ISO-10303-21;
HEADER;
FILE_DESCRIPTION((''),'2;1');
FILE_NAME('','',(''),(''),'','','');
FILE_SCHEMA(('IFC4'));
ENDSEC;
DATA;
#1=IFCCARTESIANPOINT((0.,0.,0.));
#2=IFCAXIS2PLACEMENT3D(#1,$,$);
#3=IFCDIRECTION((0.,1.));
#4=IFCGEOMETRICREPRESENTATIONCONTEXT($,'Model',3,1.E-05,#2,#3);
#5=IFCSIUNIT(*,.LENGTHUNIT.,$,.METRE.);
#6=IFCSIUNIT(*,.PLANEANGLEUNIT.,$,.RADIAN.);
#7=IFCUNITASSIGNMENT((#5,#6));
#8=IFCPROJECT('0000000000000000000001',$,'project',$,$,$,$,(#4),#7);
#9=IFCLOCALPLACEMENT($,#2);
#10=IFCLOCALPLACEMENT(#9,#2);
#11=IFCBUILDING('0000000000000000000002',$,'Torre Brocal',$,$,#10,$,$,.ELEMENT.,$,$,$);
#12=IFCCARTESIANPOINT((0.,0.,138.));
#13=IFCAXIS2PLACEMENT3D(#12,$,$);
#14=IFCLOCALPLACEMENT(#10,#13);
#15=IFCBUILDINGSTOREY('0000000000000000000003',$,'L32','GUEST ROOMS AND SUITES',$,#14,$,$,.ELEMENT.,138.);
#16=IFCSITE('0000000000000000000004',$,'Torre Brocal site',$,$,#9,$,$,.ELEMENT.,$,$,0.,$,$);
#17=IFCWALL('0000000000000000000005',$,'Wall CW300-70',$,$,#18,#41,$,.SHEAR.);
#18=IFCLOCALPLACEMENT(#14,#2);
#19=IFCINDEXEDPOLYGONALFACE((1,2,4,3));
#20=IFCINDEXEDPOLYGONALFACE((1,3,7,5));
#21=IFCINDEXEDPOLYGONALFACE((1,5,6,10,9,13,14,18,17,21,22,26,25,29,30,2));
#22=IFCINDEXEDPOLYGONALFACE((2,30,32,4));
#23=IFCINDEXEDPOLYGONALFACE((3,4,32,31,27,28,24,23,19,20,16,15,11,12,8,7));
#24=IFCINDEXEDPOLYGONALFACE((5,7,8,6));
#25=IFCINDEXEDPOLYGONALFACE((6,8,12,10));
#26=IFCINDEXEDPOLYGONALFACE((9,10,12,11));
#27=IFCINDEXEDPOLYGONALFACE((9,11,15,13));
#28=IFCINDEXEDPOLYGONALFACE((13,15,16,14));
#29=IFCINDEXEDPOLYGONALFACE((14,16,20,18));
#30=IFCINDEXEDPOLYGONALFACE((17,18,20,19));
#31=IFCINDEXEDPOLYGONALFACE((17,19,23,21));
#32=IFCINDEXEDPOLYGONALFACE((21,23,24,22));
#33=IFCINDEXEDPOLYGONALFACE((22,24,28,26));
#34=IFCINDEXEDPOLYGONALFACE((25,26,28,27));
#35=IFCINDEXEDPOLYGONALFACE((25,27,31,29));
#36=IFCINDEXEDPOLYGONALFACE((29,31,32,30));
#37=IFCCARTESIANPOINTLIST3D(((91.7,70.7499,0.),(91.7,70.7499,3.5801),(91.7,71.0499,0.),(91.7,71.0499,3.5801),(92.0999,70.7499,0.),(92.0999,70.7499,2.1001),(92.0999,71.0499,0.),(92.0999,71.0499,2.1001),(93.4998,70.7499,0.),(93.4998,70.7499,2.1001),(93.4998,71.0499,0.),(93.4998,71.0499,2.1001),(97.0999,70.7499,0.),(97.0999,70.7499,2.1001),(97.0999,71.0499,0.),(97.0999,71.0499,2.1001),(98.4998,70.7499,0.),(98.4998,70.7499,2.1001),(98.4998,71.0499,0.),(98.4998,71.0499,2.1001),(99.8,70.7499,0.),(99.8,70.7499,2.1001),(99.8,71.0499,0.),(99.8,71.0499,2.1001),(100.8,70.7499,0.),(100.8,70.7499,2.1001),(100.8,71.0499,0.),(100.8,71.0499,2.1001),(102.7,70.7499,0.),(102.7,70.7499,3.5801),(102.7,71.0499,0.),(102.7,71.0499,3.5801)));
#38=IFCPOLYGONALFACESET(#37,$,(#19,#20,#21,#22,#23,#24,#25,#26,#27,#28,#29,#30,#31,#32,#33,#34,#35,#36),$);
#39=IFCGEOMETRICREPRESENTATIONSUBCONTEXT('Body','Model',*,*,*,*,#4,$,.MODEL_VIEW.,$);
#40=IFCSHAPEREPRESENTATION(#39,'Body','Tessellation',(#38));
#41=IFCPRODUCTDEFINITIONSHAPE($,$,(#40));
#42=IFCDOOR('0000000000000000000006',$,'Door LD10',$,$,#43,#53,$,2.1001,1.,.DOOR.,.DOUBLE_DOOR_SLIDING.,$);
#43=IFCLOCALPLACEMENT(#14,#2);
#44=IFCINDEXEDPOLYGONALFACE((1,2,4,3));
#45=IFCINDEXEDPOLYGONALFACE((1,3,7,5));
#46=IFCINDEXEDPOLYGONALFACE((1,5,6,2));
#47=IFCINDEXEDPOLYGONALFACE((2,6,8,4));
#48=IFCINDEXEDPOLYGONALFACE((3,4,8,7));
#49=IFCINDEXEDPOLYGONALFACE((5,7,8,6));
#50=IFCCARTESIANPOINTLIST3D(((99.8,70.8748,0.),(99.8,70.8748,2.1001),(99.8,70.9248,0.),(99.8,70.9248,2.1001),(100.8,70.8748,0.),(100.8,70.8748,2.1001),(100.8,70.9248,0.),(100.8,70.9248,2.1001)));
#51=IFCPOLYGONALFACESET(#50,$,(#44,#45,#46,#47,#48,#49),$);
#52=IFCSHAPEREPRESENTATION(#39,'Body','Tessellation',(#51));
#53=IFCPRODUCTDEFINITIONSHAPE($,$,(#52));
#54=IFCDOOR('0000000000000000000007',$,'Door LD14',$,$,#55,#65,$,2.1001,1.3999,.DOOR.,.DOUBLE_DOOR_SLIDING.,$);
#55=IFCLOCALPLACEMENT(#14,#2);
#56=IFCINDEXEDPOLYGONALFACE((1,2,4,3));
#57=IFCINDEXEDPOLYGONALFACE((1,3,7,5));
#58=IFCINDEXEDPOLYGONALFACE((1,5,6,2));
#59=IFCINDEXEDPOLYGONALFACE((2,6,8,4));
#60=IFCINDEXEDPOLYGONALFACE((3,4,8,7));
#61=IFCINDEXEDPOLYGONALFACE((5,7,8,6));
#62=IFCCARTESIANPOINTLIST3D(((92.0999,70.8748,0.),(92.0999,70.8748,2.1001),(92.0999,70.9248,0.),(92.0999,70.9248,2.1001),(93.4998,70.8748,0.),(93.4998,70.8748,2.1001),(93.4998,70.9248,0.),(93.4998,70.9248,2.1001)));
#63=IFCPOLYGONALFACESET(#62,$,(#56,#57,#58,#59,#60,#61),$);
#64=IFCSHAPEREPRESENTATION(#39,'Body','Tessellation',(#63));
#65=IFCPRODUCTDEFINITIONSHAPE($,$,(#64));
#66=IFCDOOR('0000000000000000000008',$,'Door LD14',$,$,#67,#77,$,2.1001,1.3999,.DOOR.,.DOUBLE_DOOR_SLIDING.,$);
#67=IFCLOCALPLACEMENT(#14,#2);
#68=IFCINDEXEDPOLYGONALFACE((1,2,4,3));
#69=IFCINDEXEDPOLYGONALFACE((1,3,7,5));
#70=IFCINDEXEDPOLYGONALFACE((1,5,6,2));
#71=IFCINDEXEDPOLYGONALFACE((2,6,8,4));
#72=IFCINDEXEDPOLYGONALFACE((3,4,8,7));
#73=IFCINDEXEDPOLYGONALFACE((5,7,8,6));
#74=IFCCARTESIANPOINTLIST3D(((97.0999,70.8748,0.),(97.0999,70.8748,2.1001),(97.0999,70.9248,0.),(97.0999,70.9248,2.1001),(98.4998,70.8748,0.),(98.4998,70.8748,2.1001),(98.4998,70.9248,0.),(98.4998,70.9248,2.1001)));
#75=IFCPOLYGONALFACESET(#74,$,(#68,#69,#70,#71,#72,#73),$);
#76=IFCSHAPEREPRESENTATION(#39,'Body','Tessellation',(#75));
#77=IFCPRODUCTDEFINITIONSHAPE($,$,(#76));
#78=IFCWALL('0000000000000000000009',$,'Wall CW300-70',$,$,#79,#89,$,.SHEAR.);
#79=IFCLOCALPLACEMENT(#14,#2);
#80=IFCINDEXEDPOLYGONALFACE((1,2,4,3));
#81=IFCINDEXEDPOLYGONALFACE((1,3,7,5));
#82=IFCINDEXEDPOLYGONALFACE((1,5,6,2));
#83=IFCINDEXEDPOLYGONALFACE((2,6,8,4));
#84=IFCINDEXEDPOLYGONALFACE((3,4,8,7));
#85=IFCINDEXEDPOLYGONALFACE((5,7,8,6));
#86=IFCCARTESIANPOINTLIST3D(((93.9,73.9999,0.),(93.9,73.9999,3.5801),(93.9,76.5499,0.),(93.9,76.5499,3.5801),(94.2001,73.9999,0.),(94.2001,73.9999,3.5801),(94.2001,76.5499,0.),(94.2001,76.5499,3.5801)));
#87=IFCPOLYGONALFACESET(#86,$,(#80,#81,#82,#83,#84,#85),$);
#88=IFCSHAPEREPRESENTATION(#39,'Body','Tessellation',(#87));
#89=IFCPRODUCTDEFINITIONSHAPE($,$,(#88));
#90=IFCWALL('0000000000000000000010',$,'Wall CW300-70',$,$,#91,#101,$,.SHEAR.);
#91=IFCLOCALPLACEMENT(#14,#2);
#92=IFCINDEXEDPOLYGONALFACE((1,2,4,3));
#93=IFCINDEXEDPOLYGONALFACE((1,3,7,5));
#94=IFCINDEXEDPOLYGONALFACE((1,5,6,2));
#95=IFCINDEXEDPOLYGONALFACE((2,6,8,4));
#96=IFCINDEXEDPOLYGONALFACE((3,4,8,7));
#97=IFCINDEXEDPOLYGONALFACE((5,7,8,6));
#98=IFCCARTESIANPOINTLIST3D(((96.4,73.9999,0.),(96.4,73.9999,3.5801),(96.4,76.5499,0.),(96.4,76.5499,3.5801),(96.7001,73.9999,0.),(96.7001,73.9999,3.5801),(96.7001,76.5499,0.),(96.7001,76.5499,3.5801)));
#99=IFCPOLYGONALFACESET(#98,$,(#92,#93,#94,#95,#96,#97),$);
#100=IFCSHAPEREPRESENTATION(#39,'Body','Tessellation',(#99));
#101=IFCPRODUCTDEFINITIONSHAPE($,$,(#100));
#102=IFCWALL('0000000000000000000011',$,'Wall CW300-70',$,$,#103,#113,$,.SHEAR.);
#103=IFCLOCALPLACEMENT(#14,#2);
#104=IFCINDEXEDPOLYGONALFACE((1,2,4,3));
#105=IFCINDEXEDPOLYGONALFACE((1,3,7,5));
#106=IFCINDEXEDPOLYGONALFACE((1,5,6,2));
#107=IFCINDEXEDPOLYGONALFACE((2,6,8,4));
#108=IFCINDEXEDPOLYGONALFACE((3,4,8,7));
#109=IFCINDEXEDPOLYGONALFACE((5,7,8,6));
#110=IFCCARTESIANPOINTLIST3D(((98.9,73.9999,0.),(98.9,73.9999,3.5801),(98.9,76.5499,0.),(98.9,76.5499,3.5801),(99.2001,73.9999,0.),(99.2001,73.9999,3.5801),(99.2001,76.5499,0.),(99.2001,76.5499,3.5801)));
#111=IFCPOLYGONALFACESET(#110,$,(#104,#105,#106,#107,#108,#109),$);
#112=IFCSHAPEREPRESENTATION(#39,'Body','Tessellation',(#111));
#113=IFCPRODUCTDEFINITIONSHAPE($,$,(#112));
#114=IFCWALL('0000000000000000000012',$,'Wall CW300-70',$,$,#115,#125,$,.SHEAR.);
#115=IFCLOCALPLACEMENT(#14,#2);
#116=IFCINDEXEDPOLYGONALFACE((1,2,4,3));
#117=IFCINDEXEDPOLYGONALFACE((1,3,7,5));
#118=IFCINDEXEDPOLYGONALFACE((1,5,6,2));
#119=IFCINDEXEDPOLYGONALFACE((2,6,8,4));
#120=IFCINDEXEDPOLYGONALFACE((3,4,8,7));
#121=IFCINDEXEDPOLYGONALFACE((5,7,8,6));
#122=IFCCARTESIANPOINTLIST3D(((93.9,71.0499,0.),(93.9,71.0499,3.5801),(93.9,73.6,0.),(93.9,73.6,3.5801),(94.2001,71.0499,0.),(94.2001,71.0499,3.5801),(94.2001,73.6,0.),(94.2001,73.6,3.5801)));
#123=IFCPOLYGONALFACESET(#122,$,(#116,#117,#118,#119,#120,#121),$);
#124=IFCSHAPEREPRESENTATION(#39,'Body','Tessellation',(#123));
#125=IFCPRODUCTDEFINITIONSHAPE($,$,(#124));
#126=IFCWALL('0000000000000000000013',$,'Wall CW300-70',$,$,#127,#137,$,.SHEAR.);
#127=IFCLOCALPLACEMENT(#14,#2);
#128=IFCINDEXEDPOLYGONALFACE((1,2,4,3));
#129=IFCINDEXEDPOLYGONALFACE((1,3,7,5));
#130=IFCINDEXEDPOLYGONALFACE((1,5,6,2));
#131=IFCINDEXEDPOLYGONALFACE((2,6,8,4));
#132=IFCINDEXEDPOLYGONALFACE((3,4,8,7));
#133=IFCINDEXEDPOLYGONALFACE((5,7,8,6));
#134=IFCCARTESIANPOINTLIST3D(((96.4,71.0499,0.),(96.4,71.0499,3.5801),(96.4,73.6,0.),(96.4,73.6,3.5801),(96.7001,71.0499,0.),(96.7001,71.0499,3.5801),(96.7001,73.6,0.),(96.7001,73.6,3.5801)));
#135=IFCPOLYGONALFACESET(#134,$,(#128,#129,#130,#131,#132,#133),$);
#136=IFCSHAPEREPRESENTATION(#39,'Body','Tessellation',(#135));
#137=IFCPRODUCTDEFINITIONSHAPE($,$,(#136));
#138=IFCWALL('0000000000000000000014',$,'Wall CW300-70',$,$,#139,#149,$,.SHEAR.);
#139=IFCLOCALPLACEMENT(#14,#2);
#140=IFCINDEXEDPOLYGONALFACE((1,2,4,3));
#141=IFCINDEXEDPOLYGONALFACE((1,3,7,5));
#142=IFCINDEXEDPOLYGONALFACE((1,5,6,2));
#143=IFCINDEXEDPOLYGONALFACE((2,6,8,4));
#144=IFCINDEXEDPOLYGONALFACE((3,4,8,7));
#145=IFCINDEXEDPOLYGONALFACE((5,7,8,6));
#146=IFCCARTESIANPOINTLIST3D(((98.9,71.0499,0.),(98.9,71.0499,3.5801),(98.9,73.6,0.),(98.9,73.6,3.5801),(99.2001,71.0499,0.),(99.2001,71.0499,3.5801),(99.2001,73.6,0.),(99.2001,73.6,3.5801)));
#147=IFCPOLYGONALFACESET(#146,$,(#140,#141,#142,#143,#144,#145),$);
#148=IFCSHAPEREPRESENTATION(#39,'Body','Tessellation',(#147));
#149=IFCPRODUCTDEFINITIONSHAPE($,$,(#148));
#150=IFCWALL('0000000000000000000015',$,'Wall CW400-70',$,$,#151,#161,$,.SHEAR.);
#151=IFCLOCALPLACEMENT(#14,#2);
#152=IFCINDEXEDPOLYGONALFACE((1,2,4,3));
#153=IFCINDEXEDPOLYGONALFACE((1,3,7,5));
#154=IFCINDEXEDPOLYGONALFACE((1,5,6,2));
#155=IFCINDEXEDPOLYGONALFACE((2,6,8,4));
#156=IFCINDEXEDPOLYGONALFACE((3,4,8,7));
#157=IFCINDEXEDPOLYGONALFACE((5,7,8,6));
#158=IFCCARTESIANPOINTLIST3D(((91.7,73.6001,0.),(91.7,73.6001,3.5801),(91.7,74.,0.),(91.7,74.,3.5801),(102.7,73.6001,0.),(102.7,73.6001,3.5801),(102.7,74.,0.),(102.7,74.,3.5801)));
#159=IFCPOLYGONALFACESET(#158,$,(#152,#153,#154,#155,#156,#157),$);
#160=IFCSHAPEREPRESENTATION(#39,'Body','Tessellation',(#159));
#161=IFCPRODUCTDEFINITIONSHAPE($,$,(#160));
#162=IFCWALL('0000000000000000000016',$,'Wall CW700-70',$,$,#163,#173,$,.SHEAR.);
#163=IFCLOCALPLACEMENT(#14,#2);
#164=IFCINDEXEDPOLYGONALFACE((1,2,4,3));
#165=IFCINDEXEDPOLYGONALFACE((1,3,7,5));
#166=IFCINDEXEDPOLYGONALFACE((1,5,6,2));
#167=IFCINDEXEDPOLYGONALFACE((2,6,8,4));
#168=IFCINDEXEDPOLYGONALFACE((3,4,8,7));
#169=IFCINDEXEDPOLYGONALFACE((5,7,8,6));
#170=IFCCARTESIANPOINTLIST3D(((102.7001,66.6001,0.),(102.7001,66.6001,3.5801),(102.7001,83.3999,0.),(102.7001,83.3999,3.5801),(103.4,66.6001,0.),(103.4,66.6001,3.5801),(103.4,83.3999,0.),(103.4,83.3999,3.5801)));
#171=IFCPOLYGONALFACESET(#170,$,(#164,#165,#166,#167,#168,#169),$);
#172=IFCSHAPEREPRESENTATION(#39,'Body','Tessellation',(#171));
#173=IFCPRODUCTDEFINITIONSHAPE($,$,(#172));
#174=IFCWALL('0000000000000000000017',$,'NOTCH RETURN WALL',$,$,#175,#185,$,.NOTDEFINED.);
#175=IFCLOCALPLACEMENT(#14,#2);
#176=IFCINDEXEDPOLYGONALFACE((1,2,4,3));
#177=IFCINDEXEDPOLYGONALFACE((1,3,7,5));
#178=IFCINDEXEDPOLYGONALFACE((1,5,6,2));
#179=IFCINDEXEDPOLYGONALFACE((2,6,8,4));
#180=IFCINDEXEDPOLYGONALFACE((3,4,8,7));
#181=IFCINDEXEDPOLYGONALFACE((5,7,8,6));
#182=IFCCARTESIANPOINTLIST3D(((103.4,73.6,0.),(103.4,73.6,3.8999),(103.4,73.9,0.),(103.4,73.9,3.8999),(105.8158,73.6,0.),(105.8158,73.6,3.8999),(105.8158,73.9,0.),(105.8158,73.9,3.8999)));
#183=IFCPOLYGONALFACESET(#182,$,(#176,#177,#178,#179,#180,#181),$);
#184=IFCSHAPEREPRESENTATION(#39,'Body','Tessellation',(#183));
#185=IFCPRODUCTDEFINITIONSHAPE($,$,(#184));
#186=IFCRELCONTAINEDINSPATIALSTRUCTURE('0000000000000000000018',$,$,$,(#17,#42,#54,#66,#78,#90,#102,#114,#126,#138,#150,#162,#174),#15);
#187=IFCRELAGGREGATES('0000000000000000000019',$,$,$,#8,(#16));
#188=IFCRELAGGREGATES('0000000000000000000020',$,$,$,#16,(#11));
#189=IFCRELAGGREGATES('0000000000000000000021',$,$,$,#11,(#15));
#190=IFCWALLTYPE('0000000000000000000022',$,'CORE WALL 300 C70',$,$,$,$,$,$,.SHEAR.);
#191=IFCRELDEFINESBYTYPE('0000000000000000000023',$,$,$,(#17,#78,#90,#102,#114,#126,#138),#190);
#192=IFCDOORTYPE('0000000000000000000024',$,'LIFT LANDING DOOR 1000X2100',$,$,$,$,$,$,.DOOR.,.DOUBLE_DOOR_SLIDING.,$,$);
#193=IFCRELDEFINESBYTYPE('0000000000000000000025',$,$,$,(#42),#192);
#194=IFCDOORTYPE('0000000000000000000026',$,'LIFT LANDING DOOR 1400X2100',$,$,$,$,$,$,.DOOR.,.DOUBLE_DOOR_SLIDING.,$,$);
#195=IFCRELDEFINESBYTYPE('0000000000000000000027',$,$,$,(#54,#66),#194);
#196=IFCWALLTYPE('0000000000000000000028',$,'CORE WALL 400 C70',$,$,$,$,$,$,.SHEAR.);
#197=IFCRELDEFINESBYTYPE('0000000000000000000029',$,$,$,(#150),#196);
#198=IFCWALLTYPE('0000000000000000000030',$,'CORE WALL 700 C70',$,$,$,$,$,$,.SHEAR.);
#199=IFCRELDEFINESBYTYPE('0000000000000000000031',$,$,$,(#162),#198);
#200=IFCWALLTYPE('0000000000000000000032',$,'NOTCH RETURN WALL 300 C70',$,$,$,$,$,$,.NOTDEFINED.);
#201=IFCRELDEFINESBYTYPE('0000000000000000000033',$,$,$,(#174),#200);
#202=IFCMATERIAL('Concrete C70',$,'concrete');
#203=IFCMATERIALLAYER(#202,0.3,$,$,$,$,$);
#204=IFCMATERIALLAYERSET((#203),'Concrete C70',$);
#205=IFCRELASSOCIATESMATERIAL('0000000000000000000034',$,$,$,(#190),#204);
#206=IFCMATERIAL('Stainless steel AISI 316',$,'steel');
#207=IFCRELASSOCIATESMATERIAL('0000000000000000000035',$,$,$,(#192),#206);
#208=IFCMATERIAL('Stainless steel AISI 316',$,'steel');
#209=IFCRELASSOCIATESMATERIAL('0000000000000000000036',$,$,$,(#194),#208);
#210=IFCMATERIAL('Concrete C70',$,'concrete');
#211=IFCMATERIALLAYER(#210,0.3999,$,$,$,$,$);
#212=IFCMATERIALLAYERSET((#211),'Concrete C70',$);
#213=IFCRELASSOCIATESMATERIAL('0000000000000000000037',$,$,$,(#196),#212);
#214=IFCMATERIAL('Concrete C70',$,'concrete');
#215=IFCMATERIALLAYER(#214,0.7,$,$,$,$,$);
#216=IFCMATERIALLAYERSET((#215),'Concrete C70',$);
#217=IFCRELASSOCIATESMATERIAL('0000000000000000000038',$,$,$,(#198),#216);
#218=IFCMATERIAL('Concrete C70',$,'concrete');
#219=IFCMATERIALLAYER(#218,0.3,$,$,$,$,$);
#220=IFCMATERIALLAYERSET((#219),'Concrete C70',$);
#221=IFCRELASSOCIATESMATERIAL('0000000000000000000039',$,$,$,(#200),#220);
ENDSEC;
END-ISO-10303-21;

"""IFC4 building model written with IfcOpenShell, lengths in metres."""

from ifc_helpers import new_model, si_unit, direction, frame, frame_2d, origin, place, context, subcontext, project, spatial, rectangle, extrude, material, layer, layer_set, type_object, element, fill, save


model = new_model("IFC4")

# Units and contexts
model_context = context("Model", 3, precision=1e-05, world=origin(), true_north=direction((0.0, 1.0)))
body_context = subcontext(model_context, "Body", "Model", "MODEL_VIEW")
ifc_project = project(units=[si_unit("LENGTHUNIT", "METRE"), si_unit("PLANEANGLEUNIT", "RADIAN")], contexts=[model_context])

# Site, building, storey
site_placement = place(None, origin())
site = spatial("IfcSite", under=ifc_project, at=site_placement, Name="Torre Brocal site", CompositionType="ELEMENT", RefElevation=0.0)
building_placement = place(site_placement, origin())
building = spatial("IfcBuilding", under=site, at=building_placement, Name="Torre Brocal", CompositionType="ELEMENT")
storey_placement = place(building_placement, frame((0.0, 0.0, 138.0)))
storey = spatial("IfcBuildingStorey", under=building, at=storey_placement, Name="L32", Description="GUEST ROOMS AND SUITES", CompositionType="ELEMENT", Elevation=138.0)

# Shared definitions
ifc_material_1 = material(Name="Concrete C70", Category="concrete")
ifc_layer_1 = layer(ifc_material_1, 0.3)
ifc_layer_set_1 = layer_set([ifc_layer_1], Name="Concrete C70")
wall_type_1 = type_object("IfcWallType", Name="CORE WALL 300 C70", PredefinedType="SHEAR", material=ifc_layer_set_1)

# Wall, openings, doors
wall_1_placement = place(storey_placement, frame((91.7, 70.8999, 0.0), z_axis=(0.0, 0.0, 1.0), x_axis=(1.0, 0.0, 0.0)))
wall_1 = element("IfcWall", 1, at=wall_1_placement, inside=storey, type_object=wall_type_1, Name="Wall CW300-70", PredefinedType="SHEAR", context=body_context, shape_type="SweptSolid", body=[
    extrude(rectangle(XDim=11.0, YDim=0.3, at=frame_2d((5.5, 0.0))), origin(), (0.0, 0.0, 1.0), 3.5801),
])
opening_1_placement = place(wall_1_placement, frame((0.3999, 0.0, 0.0)))
opening_1 = element("IfcOpeningElement", 2, at=opening_1_placement, cuts=wall_1, PredefinedType="OPENING", context=body_context, shape_type="SweptSolid", body=[
    extrude(rectangle(XDim=1.3999, YDim=2.1001, at=frame_2d((0.7, 1.05))), frame((0.0, 0.1599, 0.0), z_axis=(0.0, -1.0, 0.0), x_axis=(1.0, 0.0, 0.0)), (0.0, 0.0, 1.0), 0.3201),
])
opening_2_placement = place(wall_1_placement, frame((5.3999, 0.0, 0.0)))
opening_2 = element("IfcOpeningElement", 3, at=opening_2_placement, cuts=wall_1, PredefinedType="OPENING", context=body_context, shape_type="SweptSolid", body=[
    extrude(rectangle(XDim=1.3999, YDim=2.1001, at=frame_2d((0.7, 1.05))), frame((0.0, 0.1599, 0.0), z_axis=(0.0, -1.0, 0.0), x_axis=(1.0, 0.0, 0.0)), (0.0, 0.0, 1.0), 0.3201),
])
opening_3_placement = place(wall_1_placement, frame((8.1001, 0.0, 0.0)))
opening_3 = element("IfcOpeningElement", 4, at=opening_3_placement, cuts=wall_1, PredefinedType="OPENING", context=body_context, shape_type="SweptSolid", body=[
    extrude(rectangle(XDim=1.0, YDim=2.1001, at=frame_2d((0.5, 1.05))), frame((0.0, 0.1599, 0.0), z_axis=(0.0, -1.0, 0.0), x_axis=(1.0, 0.0, 0.0)), (0.0, 0.0, 1.0), 0.3201),
])
ifc_material_2 = material(Name="Stainless steel AISI 316", Category="steel")
door_type_1 = type_object("IfcDoorType", Name="LIFT LANDING DOOR 1000X2100", OperationType="DOUBLE_DOOR_SLIDING", PredefinedType="DOOR", material=ifc_material_2)
door_1_placement = place(opening_3_placement, origin())
door_1 = element("IfcDoor", 5, at=door_1_placement, inside=storey, type_object=door_type_1, Name="Door LD10", OperationType="DOUBLE_DOOR_SLIDING", OverallHeight=2.1001, OverallWidth=1.0, PredefinedType="DOOR", context=body_context, shape_type="SweptSolid", body=[
    extrude(rectangle(XDim=1.0, YDim=2.1001, at=frame_2d((0.5, 1.05))), frame((0.0, 0.0249, 0.0), z_axis=(0.0, -1.0, 0.0), x_axis=(1.0, 0.0, 0.0)), (0.0, 0.0, 1.0), 0.05),
])
fill(opening_3, door_1)
ifc_material_3 = material(Name="Stainless steel AISI 316", Category="steel")
door_type_2 = type_object("IfcDoorType", Name="LIFT LANDING DOOR 1400X2100", OperationType="DOUBLE_DOOR_SLIDING", PredefinedType="DOOR", material=ifc_material_3)
door_2_placement = place(opening_1_placement, origin())
door_2 = element("IfcDoor", 6, at=door_2_placement, inside=storey, type_object=door_type_2, Name="Door LD14", OperationType="DOUBLE_DOOR_SLIDING", OverallHeight=2.1001, OverallWidth=1.3999, PredefinedType="DOOR", context=body_context, shape_type="SweptSolid", body=[
    extrude(rectangle(XDim=1.3999, YDim=2.1001, at=frame_2d((0.7, 1.05))), frame((0.0, 0.0249, 0.0), z_axis=(0.0, -1.0, 0.0), x_axis=(1.0, 0.0, 0.0)), (0.0, 0.0, 1.0), 0.05),
])
fill(opening_1, door_2)
door_3_placement = place(opening_2_placement, origin())
door_3 = element("IfcDoor", 7, at=door_3_placement, inside=storey, type_object=door_type_2, Name="Door LD14", OperationType="DOUBLE_DOOR_SLIDING", OverallHeight=2.1001, OverallWidth=1.3999, PredefinedType="DOOR", context=body_context, shape_type="SweptSolid", body=[
    extrude(rectangle(XDim=1.3999, YDim=2.1001, at=frame_2d((0.7, 1.05))), frame((0.0, 0.0249, 0.0), z_axis=(0.0, -1.0, 0.0), x_axis=(1.0, 0.0, 0.0)), (0.0, 0.0, 1.0), 0.05),
])
fill(opening_2, door_3)

# Walls
for number, where, z_axis, x_axis, name in (
    (8, (94.05, 74.0, 0.0), (0.0, 0.0, 1.0), (0.0, 1.0, 0.0), "Wall CW300-70"),
    (9, (96.55, 74.0, 0.0), (0.0, 0.0, 1.0), (0.0, 1.0, 0.0), "Wall CW300-70"),
    (10, (99.05, 74.0, 0.0), (0.0, 0.0, 1.0), (0.0, 1.0, 0.0), "Wall CW300-70"),
    (11, (94.05, 71.05, 0.0), (0.0, 0.0, 1.0), (0.0, 1.0, 0.0), "Wall CW300-70"),
    (12, (96.55, 71.05, 0.0), (0.0, 0.0, 1.0), (0.0, 1.0, 0.0), "Wall CW300-70"),
    (13, (99.05, 71.05, 0.0), (0.0, 0.0, 1.0), (0.0, 1.0, 0.0), "Wall CW300-70"),
):
    element("IfcWall", number, at=place(storey_placement, frame(where, z_axis=z_axis, x_axis=x_axis)), inside=storey, type_object=wall_type_1, Name=name, PredefinedType="SHEAR", context=body_context, shape_type="SweptSolid", body=[
        extrude(rectangle(XDim=2.55, YDim=0.3, at=frame_2d((1.2749, 0.0))), origin(), (0.0, 0.0, 1.0), 3.5801),
    ])
ifc_material_4 = material(Name="Concrete C70", Category="concrete")
ifc_layer_2 = layer(ifc_material_4, 0.3999)
ifc_layer_set_2 = layer_set([ifc_layer_2], Name="Concrete C70")
wall_type_2 = type_object("IfcWallType", Name="CORE WALL 400 C70", PredefinedType="SHEAR", material=ifc_layer_set_2)
wall_2_placement = place(storey_placement, frame((91.7, 73.8, 0.0), z_axis=(0.0, 0.0, 1.0), x_axis=(1.0, 0.0, 0.0)))
element("IfcWall", 14, at=wall_2_placement, inside=storey, type_object=wall_type_2, Name="Wall CW400-70", PredefinedType="SHEAR", context=body_context, shape_type="SweptSolid", body=[
    extrude(rectangle(XDim=11.0, YDim=0.3999, at=frame_2d((5.5, 0.0))), origin(), (0.0, 0.0, 1.0), 3.5801),
])
ifc_material_5 = material(Name="Concrete C70", Category="concrete")
ifc_layer_3 = layer(ifc_material_5, 0.7)
ifc_layer_set_3 = layer_set([ifc_layer_3], Name="Concrete C70")
wall_type_3 = type_object("IfcWallType", Name="CORE WALL 700 C70", PredefinedType="SHEAR", material=ifc_layer_set_3)
wall_3_placement = place(storey_placement, frame((103.05, 66.6001, 0.0), z_axis=(0.0, 0.0, 1.0), x_axis=(0.0, 1.0, 0.0)))
element("IfcWall", 15, at=wall_3_placement, inside=storey, type_object=wall_type_3, Name="Wall CW700-70", PredefinedType="SHEAR", context=body_context, shape_type="SweptSolid", body=[
    extrude(rectangle(XDim=16.7998, YDim=0.7, at=frame_2d((8.3999, 0.0))), origin(), (0.0, 0.0, 1.0), 3.5801),
])
ifc_material_6 = material(Name="Concrete C70", Category="concrete")
ifc_layer_4 = layer(ifc_material_6, 0.3)
ifc_layer_set_4 = layer_set([ifc_layer_4], Name="Concrete C70")
wall_type_4 = type_object("IfcWallType", Name="NOTCH RETURN WALL 300 C70", PredefinedType="NOTDEFINED", material=ifc_layer_set_4)
wall_4_placement = place(storey_placement, frame((103.3999, 73.75, 0.0), z_axis=(0.0, 0.0, 1.0), x_axis=(1.0, 0.0, 0.0)))
element("IfcWall", 16, at=wall_4_placement, inside=storey, type_object=wall_type_4, Name="NOTCH RETURN WALL", PredefinedType="NOTDEFINED", context=body_context, shape_type="SweptSolid", body=[
    extrude(rectangle(XDim=2.4158, YDim=0.3, at=frame_2d((1.208, 0.0))), origin(), (0.0, 0.0, 1.0), 3.8999),
])

save(model, "model.ifc")
